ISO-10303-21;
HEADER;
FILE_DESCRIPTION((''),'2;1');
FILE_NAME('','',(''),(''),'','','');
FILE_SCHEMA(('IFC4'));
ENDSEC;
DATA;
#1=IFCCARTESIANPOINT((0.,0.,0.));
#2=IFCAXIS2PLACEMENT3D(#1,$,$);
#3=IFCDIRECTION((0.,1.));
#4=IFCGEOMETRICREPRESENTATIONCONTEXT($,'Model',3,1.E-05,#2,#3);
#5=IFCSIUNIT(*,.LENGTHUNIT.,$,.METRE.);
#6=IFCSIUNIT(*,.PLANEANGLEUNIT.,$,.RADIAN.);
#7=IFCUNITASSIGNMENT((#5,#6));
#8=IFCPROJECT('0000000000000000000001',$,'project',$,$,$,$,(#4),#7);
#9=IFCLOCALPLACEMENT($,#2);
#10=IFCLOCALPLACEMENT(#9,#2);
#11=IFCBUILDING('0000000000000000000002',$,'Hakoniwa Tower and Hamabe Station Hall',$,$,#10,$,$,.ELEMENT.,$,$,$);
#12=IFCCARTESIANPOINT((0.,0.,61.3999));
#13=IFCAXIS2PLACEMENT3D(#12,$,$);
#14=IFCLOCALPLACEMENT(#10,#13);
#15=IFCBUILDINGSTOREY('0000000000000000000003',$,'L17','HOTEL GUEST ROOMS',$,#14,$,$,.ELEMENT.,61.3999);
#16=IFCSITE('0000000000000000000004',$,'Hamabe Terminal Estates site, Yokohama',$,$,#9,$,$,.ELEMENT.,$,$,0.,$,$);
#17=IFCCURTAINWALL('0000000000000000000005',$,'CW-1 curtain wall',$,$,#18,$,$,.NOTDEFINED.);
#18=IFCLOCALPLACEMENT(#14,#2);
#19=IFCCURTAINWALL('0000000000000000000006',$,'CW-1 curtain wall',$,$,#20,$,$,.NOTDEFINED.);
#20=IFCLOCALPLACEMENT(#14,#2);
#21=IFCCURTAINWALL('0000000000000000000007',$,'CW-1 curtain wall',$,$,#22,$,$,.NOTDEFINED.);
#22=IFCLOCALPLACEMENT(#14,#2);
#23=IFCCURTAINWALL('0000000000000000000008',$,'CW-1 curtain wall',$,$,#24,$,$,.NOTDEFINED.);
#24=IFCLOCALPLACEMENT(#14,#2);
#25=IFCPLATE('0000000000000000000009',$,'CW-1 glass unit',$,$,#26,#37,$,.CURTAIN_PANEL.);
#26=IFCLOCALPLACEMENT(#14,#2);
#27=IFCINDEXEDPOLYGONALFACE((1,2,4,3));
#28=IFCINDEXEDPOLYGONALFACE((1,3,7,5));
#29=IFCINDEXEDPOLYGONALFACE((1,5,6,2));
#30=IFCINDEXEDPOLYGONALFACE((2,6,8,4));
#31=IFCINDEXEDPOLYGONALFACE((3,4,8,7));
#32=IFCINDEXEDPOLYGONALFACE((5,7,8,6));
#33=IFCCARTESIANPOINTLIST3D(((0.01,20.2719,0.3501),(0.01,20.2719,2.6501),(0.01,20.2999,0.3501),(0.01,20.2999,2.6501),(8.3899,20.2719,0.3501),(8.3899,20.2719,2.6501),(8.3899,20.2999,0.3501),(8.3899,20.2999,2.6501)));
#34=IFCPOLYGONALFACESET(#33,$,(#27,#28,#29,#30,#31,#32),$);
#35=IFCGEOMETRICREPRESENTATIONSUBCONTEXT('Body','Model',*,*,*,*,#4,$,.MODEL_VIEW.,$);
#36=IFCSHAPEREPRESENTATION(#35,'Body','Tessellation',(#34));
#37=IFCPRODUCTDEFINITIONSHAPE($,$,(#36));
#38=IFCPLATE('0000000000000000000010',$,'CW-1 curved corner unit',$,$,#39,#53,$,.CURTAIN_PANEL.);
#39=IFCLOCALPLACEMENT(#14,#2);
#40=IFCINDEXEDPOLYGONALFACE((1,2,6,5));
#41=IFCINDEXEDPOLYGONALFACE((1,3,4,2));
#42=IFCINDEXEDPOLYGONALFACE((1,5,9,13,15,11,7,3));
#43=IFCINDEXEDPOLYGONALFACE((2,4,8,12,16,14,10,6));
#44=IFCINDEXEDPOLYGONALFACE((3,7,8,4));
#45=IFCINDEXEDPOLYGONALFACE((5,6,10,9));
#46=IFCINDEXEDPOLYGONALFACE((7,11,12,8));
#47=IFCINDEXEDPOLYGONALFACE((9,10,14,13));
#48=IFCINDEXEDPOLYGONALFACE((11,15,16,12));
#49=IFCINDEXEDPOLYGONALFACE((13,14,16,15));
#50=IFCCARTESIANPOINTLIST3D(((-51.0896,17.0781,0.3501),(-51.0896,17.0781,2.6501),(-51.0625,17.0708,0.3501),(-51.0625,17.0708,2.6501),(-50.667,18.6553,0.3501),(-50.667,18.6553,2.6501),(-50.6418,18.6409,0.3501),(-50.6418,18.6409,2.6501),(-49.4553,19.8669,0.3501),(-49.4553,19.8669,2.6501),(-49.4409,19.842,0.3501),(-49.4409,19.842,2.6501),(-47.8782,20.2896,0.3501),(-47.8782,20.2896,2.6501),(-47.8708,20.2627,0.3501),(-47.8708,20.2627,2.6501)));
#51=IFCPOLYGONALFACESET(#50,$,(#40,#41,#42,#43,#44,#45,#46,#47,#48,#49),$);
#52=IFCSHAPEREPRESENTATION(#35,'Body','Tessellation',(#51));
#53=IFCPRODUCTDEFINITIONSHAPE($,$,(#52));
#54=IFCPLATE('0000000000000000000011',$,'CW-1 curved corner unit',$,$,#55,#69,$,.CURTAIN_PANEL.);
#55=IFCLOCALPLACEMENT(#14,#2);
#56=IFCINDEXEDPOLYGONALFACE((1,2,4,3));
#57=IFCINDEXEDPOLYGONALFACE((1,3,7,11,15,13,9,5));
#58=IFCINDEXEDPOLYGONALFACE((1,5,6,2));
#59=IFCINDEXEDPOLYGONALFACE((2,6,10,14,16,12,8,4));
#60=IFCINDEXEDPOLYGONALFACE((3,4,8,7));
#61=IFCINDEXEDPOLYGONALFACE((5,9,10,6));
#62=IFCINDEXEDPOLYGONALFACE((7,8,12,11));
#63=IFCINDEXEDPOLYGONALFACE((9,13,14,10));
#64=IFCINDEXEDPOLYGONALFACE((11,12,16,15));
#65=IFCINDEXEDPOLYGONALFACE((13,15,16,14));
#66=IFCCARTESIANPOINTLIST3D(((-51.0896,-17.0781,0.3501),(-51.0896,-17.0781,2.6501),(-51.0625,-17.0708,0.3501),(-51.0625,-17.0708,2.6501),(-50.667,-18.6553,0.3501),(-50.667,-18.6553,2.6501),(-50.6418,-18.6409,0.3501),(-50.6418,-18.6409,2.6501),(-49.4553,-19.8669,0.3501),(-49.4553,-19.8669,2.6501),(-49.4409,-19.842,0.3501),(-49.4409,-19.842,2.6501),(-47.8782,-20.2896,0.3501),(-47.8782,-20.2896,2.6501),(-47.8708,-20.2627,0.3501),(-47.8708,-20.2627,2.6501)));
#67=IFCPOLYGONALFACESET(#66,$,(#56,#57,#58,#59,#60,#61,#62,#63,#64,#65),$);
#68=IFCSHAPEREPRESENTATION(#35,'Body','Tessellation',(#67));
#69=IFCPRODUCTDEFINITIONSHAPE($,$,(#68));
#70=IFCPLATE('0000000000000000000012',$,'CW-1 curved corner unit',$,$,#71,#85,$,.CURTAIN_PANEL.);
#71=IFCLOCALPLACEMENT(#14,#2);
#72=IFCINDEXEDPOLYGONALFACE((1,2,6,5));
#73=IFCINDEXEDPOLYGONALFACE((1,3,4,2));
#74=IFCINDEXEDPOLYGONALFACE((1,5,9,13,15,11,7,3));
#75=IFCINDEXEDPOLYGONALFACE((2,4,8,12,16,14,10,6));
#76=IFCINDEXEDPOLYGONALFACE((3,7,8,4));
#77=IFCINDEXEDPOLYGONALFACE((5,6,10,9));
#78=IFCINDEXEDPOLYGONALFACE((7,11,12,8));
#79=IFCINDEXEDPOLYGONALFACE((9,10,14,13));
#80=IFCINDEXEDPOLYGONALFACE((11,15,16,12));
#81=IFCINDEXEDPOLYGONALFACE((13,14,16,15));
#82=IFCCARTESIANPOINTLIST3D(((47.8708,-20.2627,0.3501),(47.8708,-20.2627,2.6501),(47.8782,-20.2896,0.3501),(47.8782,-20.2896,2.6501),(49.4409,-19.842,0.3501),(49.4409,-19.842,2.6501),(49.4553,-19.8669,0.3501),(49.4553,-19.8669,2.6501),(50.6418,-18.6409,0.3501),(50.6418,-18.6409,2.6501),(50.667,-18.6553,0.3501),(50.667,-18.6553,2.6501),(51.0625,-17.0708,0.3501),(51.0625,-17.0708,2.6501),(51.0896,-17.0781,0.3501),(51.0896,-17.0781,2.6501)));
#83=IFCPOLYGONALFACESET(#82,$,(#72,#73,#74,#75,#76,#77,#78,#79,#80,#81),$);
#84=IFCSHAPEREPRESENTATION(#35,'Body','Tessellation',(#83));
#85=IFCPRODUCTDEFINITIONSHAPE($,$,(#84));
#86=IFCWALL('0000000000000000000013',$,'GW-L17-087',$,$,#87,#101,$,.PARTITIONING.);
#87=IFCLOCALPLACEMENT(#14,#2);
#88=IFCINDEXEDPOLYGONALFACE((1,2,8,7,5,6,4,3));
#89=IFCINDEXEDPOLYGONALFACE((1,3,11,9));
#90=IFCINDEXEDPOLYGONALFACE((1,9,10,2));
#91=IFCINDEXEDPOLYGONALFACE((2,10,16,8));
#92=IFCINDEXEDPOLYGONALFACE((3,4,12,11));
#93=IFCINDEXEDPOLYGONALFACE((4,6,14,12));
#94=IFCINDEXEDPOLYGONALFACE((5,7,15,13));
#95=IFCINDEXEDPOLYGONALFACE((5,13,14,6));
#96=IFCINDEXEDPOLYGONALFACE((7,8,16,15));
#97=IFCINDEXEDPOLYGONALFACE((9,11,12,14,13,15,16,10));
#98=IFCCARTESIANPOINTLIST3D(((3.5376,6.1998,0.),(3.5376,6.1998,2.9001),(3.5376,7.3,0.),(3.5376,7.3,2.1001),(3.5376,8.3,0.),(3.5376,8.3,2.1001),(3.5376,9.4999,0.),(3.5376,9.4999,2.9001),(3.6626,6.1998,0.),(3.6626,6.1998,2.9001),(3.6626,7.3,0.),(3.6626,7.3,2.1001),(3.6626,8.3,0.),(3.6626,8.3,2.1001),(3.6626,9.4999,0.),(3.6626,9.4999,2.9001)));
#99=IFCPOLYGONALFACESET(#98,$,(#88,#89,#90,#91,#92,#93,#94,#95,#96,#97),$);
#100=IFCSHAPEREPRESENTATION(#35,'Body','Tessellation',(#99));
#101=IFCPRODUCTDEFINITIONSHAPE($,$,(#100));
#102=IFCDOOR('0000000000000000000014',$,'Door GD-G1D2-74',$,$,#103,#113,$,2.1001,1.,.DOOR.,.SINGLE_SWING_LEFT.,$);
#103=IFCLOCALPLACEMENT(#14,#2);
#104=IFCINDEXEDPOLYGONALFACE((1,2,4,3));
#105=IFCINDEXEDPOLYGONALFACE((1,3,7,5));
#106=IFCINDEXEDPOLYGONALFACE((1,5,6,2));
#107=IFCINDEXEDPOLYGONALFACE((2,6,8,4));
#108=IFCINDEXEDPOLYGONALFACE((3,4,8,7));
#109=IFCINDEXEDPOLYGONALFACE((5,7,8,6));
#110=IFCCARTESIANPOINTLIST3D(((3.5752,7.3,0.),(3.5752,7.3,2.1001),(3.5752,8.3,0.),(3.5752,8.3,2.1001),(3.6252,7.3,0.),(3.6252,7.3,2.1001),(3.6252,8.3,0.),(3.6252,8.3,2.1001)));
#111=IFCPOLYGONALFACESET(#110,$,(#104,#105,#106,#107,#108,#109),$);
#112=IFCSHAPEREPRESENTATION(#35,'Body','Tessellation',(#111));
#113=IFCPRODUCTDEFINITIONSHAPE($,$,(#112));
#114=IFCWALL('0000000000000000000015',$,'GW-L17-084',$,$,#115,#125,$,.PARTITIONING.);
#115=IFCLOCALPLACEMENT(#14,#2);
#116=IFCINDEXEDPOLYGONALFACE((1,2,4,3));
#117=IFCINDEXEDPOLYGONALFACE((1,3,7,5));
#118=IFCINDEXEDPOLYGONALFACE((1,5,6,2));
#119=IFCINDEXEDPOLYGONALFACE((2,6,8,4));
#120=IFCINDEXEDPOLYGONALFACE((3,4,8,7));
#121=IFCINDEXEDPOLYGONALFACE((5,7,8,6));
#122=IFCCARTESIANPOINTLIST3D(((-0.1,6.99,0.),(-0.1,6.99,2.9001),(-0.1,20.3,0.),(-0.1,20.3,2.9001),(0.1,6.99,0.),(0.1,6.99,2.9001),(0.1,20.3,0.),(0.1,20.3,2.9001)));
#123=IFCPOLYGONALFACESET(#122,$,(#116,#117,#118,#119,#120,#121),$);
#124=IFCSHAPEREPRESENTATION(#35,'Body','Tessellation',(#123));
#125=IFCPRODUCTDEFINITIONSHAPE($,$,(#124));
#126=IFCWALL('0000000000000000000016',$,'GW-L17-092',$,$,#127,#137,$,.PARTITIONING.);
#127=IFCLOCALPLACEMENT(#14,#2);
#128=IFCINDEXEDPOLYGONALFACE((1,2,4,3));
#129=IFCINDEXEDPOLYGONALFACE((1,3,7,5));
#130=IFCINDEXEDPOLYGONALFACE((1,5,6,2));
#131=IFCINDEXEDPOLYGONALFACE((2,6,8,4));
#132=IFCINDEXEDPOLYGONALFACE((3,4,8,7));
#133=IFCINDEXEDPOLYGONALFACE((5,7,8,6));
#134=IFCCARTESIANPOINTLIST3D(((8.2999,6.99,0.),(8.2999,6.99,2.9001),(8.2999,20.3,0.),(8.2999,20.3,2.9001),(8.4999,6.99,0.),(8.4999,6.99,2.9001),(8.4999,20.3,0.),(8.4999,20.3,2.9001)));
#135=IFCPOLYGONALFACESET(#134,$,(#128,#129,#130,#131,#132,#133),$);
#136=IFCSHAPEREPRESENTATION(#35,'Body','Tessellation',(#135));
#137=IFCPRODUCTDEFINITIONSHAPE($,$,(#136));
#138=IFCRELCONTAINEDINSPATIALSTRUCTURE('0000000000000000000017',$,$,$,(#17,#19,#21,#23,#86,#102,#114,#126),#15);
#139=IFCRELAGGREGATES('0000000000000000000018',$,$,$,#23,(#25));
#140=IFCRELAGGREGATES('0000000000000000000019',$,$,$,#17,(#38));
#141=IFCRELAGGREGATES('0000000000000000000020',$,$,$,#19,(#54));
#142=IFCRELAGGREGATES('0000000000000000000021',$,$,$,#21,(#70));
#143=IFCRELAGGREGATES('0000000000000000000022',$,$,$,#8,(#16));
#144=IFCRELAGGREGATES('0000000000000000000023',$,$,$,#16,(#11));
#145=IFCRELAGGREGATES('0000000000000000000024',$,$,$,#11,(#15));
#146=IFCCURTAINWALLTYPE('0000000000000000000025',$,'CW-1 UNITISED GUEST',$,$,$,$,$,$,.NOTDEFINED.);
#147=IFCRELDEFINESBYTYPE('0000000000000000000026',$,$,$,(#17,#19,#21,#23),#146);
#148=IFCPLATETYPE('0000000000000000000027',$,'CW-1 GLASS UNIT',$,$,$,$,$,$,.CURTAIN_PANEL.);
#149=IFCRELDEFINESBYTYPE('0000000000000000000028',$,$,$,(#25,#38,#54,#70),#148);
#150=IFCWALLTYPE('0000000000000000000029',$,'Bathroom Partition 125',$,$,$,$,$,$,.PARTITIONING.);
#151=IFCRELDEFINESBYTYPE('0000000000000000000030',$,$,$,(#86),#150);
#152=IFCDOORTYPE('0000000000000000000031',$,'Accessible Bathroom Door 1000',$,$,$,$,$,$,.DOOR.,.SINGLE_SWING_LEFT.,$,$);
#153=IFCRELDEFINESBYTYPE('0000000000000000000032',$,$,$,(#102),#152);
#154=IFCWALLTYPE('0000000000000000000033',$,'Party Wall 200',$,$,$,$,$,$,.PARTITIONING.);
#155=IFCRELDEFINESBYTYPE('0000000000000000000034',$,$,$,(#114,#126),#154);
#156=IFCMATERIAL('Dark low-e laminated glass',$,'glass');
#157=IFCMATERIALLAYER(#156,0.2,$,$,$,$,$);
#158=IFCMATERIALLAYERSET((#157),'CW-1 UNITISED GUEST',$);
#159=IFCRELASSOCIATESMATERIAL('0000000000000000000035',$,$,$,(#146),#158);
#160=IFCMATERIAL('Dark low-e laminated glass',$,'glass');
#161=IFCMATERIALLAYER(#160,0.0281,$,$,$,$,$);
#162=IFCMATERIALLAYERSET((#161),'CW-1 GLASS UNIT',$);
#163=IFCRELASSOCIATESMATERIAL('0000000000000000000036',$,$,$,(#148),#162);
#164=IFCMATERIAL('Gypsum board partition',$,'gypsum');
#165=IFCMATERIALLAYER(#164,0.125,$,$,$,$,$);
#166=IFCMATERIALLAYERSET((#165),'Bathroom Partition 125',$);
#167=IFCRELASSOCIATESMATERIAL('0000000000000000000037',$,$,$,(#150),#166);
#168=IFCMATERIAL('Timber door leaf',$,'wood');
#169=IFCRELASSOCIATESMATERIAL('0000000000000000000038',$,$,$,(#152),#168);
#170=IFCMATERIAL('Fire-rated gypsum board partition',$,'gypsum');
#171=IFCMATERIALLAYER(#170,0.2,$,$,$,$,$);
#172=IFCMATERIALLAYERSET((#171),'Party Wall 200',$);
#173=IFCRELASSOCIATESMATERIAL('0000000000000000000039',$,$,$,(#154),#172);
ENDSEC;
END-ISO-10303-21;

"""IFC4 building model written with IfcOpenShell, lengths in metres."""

from ifc_helpers import new_model, si_unit, direction, frame, frame_2d, origin, origin_2d, place, context, subcontext, project, spatial, polyline, rectangle, outline, extrude, material, layer, layer_set, type_object, element, fill, aggregate, save


model = new_model("IFC4")

# Units and contexts
model_context = context("Model", 3, precision=1e-05, world=origin(), true_north=direction((0.0, 1.0)))
body_context = subcontext(model_context, "Body", "Model", "MODEL_VIEW")
ifc_project = project(units=[si_unit("LENGTHUNIT", "METRE"), si_unit("PLANEANGLEUNIT", "RADIAN")], contexts=[model_context])

# Site, building, storey
site_placement = place(None, origin())
site = spatial("IfcSite", under=ifc_project, at=site_placement, Name="Hamabe Terminal Estates site, Yokohama", CompositionType="ELEMENT", RefElevation=0.0)
building_placement = place(site_placement, origin())
building = spatial("IfcBuilding", under=site, at=building_placement, Name="Hakoniwa Tower and Hamabe Station Hall", CompositionType="ELEMENT")
storey_placement = place(building_placement, frame((0.0, 0.0, 61.3999)))
storey = spatial("IfcBuildingStorey", under=building, at=storey_placement, Name="L17", Description="HOTEL GUEST ROOMS", CompositionType="ELEMENT", Elevation=61.3999)

# Curtain wall
ifc_material_1 = material(Name="Dark low-e laminated glass", Category="glass")
ifc_layer_1 = layer(ifc_material_1, 0.2)
ifc_layer_set_1 = layer_set([ifc_layer_1], Name="CW-1 UNITISED GUEST")
curtain_wall_type = type_object("IfcCurtainWallType", Name="CW-1 UNITISED GUEST", PredefinedType="NOTDEFINED", material=ifc_layer_set_1)
curtain_wall_1_placement = place(storey_placement, origin())
curtain_wall_1 = element("IfcCurtainWall", 1, at=curtain_wall_1_placement, inside=storey, type_object=curtain_wall_type, Name="CW-1 curtain wall", PredefinedType="NOTDEFINED")

# Curtain walls
curtain_wall_2_placement = place(storey_placement, origin())
curtain_wall_2 = element("IfcCurtainWall", 2, at=curtain_wall_2_placement, inside=storey, type_object=curtain_wall_type, Name="CW-1 curtain wall", PredefinedType="NOTDEFINED")
curtain_wall_3_placement = place(storey_placement, origin())
curtain_wall_3 = element("IfcCurtainWall", 3, at=curtain_wall_3_placement, inside=storey, type_object=curtain_wall_type, Name="CW-1 curtain wall", PredefinedType="NOTDEFINED")
curtain_wall_4_placement = place(storey_placement, origin())
curtain_wall_4 = element("IfcCurtainWall", 4, at=curtain_wall_4_placement, inside=storey, type_object=curtain_wall_type, Name="CW-1 curtain wall", PredefinedType="NOTDEFINED")

# Plates
ifc_material_2 = material(Name="Dark low-e laminated glass", Category="glass")
ifc_layer_2 = layer(ifc_material_2, 0.0281)
ifc_layer_set_2 = layer_set([ifc_layer_2], Name="CW-1 GLASS UNIT")
plate_type = type_object("IfcPlateType", Name="CW-1 GLASS UNIT", PredefinedType="CURTAIN_PANEL", material=ifc_layer_set_2)
plate_1_placement = place(storey_placement, frame((4.2, 20.2859, 0.3501), z_axis=(0.0, 0.0, 1.0), x_axis=(-1.0, 0.0, 0.0)))
plate_1 = element("IfcPlate", 5, at=plate_1_placement, type_object=plate_type, Name="CW-1 glass unit", PredefinedType="CURTAIN_PANEL", context=body_context, shape_type="SweptSolid", body=[
    extrude(rectangle(XDim=8.3799, YDim=0.0281, at=origin_2d()), origin(), (0.0, 0.0, 1.0), 2.3),
])
aggregate(curtain_wall_4, [plate_1])
plate_2_placement = place(storey_placement, frame((0.0, 0.0, 0.3501)))
plate_2 = element("IfcPlate", 6, at=plate_2_placement, type_object=plate_type, Name="CW-1 curved corner unit", PredefinedType="CURTAIN_PANEL", context=body_context, shape_type="SweptSolid", body=[
    extrude(outline(polyline([(-47.8782, 20.2896), (-49.4553, 19.8669), (-50.667, 18.6553), (-51.0896, 17.0781), (-51.0625, 17.0708), (-50.6418, 18.6409), (-49.4409, 19.842), (-47.8708, 20.2627), (-47.8782, 20.2896)])), origin(), (0.0, 0.0, 1.0), 2.3),
])
aggregate(curtain_wall_1, [plate_2])
plate_3_placement = place(storey_placement, frame((0.0, 0.0, 0.3501)))
plate_3 = element("IfcPlate", 7, at=plate_3_placement, type_object=plate_type, Name="CW-1 curved corner unit", PredefinedType="CURTAIN_PANEL", context=body_context, shape_type="SweptSolid", body=[
    extrude(outline(polyline([(-51.0896, -17.0781), (-50.667, -18.6553), (-49.4553, -19.8669), (-47.8782, -20.2896), (-47.8708, -20.2627), (-49.4409, -19.842), (-50.6418, -18.6409), (-51.0625, -17.0708), (-51.0896, -17.0781)])), origin(), (0.0, 0.0, 1.0), 2.3),
])
aggregate(curtain_wall_2, [plate_3])
plate_4_placement = place(storey_placement, frame((0.0, 0.0, 0.3501)))
plate_4 = element("IfcPlate", 8, at=plate_4_placement, type_object=plate_type, Name="CW-1 curved corner unit", PredefinedType="CURTAIN_PANEL", context=body_context, shape_type="SweptSolid", body=[
    extrude(outline(polyline([(47.8782, -20.2896), (49.4553, -19.8669), (50.667, -18.6553), (51.0896, -17.0781), (51.0625, -17.0708), (50.6418, -18.6409), (49.4409, -19.842), (47.8708, -20.2627), (47.8782, -20.2896)])), origin(), (0.0, 0.0, 1.0), 2.3),
])
aggregate(curtain_wall_3, [plate_4])

# Wall, opening, door
ifc_material_3 = material(Name="Gypsum board partition", Category="gypsum")
ifc_layer_3 = layer(ifc_material_3, 0.125)
ifc_layer_set_3 = layer_set([ifc_layer_3], Name="Bathroom Partition 125")
wall_type_1 = type_object("IfcWallType", Name="Bathroom Partition 125", PredefinedType="PARTITIONING", material=ifc_layer_set_3)
wall_placement = place(storey_placement, frame((3.6001, 6.2, 0.0), z_axis=(0.0, 0.0, 1.0), x_axis=(0.0, 1.0, 0.0)))
wall = element("IfcWall", 9, at=wall_placement, inside=storey, type_object=wall_type_1, Name="GW-L17-087", PredefinedType="PARTITIONING", context=body_context, shape_type="SweptSolid", body=[
    extrude(rectangle(XDim=3.3, YDim=0.125, at=frame_2d((1.6499, 0.0))), origin(), (0.0, 0.0, 1.0), 2.9001),
])
opening_placement = place(wall_placement, frame((1.1001, 0.0, 0.0)))
opening = element("IfcOpeningElement", 10, at=opening_placement, cuts=wall, PredefinedType="OPENING", context=body_context, shape_type="SweptSolid", body=[
    extrude(rectangle(XDim=1.0, YDim=2.1001, at=frame_2d((0.5, 1.05))), frame((0.0, 0.0725, 0.0), z_axis=(0.0, -1.0, 0.0), x_axis=(1.0, 0.0, 0.0)), (0.0, 0.0, 1.0), 0.145),
])
ifc_material_4 = material(Name="Timber door leaf", Category="wood")
door_type = type_object("IfcDoorType", Name="Accessible Bathroom Door 1000", OperationType="SINGLE_SWING_LEFT", PredefinedType="DOOR", material=ifc_material_4)
door_placement = place(opening_placement, origin())
door = element("IfcDoor", 11, at=door_placement, inside=storey, type_object=door_type, Name="Door GD-G1D2-74", OperationType="SINGLE_SWING_LEFT", OverallHeight=2.1001, OverallWidth=1.0, PredefinedType="DOOR", context=body_context, shape_type="SweptSolid", body=[
    extrude(rectangle(XDim=1.0, YDim=2.1001, at=frame_2d((0.5, 1.05))), frame((0.0, 0.0249, 0.0), z_axis=(0.0, -1.0, 0.0), x_axis=(1.0, 0.0, 0.0)), (0.0, 0.0, 1.0), 0.05),
])
fill(opening, door)

# Walls
ifc_material_5 = material(Name="Fire-rated gypsum board partition", Category="gypsum")
ifc_layer_4 = layer(ifc_material_5, 0.2)
ifc_layer_set_4 = layer_set([ifc_layer_4], Name="Party Wall 200")
wall_type_2 = type_object("IfcWallType", Name="Party Wall 200", PredefinedType="PARTITIONING", material=ifc_layer_set_4)
for number, where, z_axis, x_axis, name in (
    (12, (0.0, 6.99, 0.0), (0.0, 0.0, 1.0), (0.0, 1.0, 0.0), "GW-L17-084"),
    (13, (8.3999, 6.99, 0.0), (0.0, 0.0, 1.0), (0.0, 1.0, 0.0), "GW-L17-092"),
):
    element("IfcWall", number, at=place(storey_placement, frame(where, z_axis=z_axis, x_axis=x_axis)), inside=storey, type_object=wall_type_2, Name=name, PredefinedType="PARTITIONING", context=body_context, shape_type="SweptSolid", body=[
        extrude(rectangle(XDim=13.3101, YDim=0.2, at=frame_2d((6.655, 0.0))), origin(), (0.0, 0.0, 1.0), 2.9001),
    ])

save(model, "model.ifc")
